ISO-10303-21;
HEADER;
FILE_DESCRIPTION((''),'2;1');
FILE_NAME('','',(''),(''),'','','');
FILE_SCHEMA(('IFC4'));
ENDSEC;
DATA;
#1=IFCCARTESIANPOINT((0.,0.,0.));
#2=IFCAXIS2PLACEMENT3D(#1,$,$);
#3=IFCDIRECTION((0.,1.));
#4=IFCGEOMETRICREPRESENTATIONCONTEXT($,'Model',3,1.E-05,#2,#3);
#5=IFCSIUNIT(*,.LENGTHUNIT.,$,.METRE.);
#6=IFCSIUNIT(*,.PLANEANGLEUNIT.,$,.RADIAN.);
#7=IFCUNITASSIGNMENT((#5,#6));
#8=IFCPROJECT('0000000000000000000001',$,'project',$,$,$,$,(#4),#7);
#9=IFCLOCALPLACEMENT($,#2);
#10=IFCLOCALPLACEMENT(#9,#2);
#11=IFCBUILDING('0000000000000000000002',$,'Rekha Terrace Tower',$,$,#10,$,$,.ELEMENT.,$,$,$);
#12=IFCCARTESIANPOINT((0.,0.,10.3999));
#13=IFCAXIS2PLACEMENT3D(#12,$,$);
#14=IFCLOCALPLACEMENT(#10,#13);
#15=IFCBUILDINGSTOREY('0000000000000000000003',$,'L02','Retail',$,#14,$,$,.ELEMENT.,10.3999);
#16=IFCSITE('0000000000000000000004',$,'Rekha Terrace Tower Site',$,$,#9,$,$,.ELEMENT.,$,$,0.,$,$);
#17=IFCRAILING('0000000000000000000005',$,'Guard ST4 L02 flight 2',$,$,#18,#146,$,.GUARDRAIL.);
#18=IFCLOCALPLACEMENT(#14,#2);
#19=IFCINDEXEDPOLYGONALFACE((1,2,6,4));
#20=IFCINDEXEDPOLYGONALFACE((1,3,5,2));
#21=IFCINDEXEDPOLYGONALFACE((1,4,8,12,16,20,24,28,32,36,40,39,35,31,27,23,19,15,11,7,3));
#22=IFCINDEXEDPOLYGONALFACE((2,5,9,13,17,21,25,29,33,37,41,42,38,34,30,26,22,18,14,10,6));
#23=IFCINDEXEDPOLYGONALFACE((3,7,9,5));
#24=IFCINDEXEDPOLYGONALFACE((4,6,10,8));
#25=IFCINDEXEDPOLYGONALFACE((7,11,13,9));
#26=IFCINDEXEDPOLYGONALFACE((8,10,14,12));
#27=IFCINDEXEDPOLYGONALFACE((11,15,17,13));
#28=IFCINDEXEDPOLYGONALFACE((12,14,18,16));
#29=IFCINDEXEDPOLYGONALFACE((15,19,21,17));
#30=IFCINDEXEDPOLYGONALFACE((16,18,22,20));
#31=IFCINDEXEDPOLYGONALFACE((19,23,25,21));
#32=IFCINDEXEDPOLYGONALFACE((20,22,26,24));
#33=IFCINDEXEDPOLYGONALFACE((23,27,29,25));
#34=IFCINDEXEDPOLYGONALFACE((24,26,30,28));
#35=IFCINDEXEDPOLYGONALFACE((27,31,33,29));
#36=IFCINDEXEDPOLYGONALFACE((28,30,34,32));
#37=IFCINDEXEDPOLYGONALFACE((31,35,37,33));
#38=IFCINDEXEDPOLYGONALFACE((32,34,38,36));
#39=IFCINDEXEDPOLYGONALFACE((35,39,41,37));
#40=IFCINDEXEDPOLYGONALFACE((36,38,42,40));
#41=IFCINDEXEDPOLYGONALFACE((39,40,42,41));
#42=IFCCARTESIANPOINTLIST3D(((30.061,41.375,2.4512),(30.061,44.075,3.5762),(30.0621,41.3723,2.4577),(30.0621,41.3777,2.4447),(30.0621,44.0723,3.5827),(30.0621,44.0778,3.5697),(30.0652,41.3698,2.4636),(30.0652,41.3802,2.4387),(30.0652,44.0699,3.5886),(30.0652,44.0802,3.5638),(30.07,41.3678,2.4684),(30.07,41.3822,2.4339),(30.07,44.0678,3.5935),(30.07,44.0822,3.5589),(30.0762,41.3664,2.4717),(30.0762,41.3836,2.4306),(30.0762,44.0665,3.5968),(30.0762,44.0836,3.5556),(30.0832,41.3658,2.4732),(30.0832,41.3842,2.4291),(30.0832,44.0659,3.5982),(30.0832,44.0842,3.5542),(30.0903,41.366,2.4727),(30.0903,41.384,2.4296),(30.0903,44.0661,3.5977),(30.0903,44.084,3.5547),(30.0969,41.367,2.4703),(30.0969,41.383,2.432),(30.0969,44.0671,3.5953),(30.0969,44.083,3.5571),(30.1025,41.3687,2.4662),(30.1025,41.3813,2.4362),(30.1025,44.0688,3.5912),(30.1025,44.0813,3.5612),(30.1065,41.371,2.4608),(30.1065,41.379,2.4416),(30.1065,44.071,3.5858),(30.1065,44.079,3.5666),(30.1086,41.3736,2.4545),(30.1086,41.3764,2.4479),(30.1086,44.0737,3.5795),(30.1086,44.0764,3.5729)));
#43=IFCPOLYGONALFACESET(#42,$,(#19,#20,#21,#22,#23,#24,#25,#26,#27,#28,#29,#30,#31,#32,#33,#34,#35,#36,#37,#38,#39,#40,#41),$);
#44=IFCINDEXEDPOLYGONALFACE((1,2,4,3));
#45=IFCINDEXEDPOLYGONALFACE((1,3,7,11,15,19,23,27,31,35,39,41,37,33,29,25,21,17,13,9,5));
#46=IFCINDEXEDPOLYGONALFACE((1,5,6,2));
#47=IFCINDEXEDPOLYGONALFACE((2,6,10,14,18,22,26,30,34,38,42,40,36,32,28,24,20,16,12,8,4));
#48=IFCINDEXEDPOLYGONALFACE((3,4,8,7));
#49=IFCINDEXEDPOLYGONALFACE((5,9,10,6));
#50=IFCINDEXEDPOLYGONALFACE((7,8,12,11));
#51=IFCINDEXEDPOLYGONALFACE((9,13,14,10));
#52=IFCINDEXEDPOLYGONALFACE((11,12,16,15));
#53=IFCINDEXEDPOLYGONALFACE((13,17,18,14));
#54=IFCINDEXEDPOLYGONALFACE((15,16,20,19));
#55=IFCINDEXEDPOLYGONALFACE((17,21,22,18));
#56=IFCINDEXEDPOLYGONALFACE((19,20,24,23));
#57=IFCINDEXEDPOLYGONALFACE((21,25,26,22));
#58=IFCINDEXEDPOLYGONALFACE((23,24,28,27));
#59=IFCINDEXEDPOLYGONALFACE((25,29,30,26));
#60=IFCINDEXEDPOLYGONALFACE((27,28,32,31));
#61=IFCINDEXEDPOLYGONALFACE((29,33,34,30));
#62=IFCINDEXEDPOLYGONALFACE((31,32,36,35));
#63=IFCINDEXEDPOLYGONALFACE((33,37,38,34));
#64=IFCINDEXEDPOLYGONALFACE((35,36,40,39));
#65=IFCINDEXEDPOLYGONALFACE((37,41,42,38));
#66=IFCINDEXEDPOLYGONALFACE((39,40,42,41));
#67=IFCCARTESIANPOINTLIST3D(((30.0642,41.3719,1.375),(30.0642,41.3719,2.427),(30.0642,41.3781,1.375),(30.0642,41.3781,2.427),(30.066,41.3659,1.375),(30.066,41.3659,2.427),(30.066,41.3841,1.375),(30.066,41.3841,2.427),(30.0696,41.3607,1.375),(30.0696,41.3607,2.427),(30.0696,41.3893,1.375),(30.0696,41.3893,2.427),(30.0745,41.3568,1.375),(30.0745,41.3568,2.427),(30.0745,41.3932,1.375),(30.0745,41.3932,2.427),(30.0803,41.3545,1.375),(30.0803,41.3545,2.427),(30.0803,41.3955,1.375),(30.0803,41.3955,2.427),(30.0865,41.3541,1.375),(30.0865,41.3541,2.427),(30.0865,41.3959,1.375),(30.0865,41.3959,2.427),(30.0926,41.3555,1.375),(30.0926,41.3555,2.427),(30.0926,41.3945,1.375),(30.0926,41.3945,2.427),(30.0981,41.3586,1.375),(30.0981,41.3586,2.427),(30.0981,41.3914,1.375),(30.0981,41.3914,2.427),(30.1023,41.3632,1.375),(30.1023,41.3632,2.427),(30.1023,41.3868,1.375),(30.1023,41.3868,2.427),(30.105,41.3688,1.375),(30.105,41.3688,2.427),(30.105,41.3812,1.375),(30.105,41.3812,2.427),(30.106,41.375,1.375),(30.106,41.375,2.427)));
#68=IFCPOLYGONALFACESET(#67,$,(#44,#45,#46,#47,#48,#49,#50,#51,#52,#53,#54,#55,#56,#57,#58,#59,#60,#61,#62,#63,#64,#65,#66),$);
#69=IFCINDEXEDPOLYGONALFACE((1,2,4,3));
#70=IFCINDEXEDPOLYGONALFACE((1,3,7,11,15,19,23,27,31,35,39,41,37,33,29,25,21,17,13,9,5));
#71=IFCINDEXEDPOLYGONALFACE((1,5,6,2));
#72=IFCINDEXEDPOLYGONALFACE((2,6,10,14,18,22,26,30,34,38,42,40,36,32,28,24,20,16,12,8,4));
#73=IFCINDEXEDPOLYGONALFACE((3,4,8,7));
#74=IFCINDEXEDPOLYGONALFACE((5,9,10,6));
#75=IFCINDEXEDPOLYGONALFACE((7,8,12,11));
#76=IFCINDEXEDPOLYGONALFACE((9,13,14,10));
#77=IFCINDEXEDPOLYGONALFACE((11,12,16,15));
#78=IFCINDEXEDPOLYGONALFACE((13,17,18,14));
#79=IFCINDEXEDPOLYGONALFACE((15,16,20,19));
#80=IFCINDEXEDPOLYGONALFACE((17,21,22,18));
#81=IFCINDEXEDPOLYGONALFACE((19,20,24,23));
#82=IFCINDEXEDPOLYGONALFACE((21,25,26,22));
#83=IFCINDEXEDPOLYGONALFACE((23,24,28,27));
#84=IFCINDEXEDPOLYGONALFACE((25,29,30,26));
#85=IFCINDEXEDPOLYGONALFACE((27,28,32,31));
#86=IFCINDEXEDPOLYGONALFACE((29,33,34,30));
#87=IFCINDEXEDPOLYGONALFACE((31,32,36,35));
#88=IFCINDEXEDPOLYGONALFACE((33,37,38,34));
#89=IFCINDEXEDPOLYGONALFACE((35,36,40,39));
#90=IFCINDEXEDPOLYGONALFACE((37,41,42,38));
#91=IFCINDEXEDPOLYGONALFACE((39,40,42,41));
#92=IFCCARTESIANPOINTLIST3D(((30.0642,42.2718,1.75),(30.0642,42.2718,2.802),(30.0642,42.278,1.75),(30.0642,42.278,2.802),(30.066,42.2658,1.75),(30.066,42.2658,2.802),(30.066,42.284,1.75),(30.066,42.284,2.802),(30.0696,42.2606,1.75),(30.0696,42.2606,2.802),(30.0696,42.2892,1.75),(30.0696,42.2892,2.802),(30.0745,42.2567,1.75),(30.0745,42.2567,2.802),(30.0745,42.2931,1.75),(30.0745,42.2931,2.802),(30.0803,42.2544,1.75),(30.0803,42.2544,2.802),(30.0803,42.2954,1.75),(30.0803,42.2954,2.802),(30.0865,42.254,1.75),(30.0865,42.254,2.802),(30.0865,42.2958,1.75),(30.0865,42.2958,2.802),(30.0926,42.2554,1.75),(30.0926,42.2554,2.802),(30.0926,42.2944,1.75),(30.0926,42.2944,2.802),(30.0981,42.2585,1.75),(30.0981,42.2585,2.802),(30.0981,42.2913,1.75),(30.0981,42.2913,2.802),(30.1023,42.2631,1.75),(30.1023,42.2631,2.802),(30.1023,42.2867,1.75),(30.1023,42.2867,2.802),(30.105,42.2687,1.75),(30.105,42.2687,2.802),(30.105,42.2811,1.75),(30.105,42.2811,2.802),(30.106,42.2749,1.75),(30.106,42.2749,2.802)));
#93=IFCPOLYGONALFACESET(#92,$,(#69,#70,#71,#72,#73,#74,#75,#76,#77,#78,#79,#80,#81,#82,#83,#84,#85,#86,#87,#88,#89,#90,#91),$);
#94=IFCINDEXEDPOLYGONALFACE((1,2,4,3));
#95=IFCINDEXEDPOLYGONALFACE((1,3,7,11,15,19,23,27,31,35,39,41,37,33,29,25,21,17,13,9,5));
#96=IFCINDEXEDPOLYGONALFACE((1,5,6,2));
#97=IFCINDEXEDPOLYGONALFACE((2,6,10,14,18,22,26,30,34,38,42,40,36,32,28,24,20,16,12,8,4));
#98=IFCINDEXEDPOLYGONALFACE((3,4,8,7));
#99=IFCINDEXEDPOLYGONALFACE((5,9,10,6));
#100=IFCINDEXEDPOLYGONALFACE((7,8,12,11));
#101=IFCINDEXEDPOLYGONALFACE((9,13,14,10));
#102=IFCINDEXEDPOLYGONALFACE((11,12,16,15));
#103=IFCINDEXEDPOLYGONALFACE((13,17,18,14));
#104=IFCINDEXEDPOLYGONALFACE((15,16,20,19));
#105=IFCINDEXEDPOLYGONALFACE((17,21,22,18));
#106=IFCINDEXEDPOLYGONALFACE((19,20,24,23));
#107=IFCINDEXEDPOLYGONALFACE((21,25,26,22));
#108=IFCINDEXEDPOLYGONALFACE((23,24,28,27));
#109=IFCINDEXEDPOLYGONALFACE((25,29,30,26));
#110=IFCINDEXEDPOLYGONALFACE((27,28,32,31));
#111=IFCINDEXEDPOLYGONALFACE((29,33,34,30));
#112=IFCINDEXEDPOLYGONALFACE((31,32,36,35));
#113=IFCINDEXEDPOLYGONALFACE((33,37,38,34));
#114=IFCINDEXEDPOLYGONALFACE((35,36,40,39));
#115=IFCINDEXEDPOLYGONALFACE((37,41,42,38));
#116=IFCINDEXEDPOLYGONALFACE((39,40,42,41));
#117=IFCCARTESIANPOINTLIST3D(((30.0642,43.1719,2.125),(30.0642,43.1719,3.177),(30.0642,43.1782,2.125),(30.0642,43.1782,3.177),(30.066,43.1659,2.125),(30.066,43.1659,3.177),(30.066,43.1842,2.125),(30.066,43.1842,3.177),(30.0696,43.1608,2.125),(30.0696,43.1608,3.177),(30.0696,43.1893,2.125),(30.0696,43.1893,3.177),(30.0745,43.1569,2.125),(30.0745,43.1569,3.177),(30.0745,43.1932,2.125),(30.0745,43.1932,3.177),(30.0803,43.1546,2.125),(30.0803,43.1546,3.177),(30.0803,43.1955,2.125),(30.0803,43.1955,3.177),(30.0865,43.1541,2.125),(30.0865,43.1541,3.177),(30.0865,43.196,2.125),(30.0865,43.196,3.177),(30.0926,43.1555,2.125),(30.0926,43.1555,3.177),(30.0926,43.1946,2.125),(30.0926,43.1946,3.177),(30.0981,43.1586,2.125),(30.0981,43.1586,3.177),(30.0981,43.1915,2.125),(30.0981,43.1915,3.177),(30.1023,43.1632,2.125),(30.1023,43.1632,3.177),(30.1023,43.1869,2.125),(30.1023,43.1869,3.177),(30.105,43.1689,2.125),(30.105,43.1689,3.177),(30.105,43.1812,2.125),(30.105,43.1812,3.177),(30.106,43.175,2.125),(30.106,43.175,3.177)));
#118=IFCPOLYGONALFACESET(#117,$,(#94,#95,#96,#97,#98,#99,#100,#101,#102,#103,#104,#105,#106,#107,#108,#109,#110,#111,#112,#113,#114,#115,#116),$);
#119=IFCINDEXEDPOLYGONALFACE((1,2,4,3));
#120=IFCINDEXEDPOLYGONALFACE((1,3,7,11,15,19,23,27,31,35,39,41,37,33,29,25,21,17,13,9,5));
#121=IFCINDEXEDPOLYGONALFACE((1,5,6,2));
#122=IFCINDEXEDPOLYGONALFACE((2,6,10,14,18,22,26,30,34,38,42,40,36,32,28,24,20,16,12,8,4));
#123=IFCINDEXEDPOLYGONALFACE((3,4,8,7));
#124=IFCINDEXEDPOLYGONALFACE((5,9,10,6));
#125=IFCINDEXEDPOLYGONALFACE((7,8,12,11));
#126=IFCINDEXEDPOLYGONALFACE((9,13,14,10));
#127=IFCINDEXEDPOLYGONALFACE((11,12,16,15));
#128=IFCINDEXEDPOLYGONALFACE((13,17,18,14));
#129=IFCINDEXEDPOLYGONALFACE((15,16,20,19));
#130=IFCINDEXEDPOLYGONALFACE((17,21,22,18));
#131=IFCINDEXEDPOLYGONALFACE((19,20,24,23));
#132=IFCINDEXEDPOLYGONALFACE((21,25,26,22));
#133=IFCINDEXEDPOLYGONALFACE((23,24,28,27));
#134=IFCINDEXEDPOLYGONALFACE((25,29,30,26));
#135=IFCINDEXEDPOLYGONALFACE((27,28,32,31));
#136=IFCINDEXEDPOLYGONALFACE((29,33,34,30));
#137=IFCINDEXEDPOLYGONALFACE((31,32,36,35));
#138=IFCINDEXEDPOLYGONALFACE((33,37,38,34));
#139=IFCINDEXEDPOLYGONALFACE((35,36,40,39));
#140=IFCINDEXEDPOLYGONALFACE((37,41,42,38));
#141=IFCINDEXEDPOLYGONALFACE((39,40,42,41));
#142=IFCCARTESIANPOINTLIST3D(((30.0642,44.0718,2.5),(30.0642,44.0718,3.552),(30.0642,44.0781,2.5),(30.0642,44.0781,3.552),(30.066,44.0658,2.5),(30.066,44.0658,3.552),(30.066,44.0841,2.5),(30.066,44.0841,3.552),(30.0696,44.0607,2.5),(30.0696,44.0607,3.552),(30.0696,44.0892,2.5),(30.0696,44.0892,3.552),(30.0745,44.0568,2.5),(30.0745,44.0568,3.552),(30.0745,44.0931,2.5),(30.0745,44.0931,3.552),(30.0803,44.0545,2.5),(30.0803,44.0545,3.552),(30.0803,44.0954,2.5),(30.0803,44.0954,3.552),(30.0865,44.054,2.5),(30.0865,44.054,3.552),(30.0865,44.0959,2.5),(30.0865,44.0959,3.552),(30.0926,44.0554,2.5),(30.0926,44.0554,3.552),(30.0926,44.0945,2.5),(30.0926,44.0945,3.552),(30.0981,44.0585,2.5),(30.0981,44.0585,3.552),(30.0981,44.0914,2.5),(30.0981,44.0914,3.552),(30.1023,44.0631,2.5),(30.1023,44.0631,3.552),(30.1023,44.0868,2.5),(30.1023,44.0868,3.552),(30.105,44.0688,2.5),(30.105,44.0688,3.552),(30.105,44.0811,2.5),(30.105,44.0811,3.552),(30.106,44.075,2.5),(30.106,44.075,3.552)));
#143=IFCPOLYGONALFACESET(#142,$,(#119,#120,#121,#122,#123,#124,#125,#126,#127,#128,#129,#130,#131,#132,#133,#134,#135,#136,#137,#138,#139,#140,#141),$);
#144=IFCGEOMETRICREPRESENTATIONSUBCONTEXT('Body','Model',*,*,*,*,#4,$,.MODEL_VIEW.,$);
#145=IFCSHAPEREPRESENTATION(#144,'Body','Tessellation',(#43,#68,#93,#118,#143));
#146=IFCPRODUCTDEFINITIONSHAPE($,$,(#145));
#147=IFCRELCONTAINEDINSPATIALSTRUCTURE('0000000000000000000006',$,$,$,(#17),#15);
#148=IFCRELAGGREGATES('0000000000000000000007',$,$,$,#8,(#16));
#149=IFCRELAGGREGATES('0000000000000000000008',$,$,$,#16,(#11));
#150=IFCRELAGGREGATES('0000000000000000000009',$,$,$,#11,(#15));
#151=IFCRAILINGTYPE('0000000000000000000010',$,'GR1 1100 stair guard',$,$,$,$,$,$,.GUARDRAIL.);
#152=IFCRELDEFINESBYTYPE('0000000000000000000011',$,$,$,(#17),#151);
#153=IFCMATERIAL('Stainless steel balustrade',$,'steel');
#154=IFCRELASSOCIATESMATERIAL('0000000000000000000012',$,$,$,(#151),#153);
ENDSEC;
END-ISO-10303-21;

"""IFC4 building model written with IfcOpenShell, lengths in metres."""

from ifc_helpers import new_model, si_unit, direction, frame, origin, origin_2d, place, context, subcontext, project, spatial, circle, extrude, material, type_object, element, save


model = new_model("IFC4")

# Units and contexts
model_context = context("Model", 3, precision=1e-05, world=origin(), true_north=direction((0.0, 1.0)))
body_context = subcontext(model_context, "Body", "Model", "MODEL_VIEW")
ifc_project = project(units=[si_unit("LENGTHUNIT", "METRE"), si_unit("PLANEANGLEUNIT", "RADIAN")], contexts=[model_context])

# Site, building, storey
site_placement = place(None, origin())
site = spatial("IfcSite", under=ifc_project, at=site_placement, Name="Rekha Terrace Tower Site", CompositionType="ELEMENT", RefElevation=0.0)
building_placement = place(site_placement, origin())
building = spatial("IfcBuilding", under=site, at=building_placement, Name="Rekha Terrace Tower", CompositionType="ELEMENT")
storey_placement = place(building_placement, frame((0.0, 0.0, 10.3999)))
storey = spatial("IfcBuildingStorey", under=building, at=storey_placement, Name="L02", Description="Retail", CompositionType="ELEMENT", Elevation=10.3999)

# Railing
ifc_material_1 = material(Name="Stainless steel balustrade", Category="steel")
railing_type_1 = type_object("IfcRailingType", Name="GR1 1100 stair guard", PredefinedType="GUARDRAIL", material=ifc_material_1)
railing_1_placement = place(storey_placement, frame((30.085, 41.375, 1.375)))
element("IfcRailing", 1, at=railing_1_placement, inside=storey, type_object=railing_type_1, Name="Guard ST4 L02 flight 2", PredefinedType="GUARDRAIL", context=body_context, shape_type="SweptSolid", body=[
    extrude(circle(Radius=0.0239, at=origin_2d()), frame((0.0, 0.0, 1.0762), z_axis=(0.0, 0.923074, 0.384621), x_axis=(-1.0, 0.0, 0.0)), (0.0, 0.0, 1.0), 2.925),
    extrude(circle(Radius=0.021, at=origin_2d()), origin(), (0.0, 0.0, 1.0), 1.052),
    extrude(circle(Radius=0.021, at=origin_2d()), frame((0.0, 0.8999, 0.375)), (0.0, 0.0, 1.0), 1.052),
    extrude(circle(Radius=0.021, at=origin_2d()), frame((0.0, 1.8, 0.75)), (0.0, 0.0, 1.0), 1.052),
    extrude(circle(Radius=0.021, at=origin_2d()), frame((0.0, 2.7, 1.125)), (0.0, 0.0, 1.0), 1.052),
])

save(model, "model.ifc")
